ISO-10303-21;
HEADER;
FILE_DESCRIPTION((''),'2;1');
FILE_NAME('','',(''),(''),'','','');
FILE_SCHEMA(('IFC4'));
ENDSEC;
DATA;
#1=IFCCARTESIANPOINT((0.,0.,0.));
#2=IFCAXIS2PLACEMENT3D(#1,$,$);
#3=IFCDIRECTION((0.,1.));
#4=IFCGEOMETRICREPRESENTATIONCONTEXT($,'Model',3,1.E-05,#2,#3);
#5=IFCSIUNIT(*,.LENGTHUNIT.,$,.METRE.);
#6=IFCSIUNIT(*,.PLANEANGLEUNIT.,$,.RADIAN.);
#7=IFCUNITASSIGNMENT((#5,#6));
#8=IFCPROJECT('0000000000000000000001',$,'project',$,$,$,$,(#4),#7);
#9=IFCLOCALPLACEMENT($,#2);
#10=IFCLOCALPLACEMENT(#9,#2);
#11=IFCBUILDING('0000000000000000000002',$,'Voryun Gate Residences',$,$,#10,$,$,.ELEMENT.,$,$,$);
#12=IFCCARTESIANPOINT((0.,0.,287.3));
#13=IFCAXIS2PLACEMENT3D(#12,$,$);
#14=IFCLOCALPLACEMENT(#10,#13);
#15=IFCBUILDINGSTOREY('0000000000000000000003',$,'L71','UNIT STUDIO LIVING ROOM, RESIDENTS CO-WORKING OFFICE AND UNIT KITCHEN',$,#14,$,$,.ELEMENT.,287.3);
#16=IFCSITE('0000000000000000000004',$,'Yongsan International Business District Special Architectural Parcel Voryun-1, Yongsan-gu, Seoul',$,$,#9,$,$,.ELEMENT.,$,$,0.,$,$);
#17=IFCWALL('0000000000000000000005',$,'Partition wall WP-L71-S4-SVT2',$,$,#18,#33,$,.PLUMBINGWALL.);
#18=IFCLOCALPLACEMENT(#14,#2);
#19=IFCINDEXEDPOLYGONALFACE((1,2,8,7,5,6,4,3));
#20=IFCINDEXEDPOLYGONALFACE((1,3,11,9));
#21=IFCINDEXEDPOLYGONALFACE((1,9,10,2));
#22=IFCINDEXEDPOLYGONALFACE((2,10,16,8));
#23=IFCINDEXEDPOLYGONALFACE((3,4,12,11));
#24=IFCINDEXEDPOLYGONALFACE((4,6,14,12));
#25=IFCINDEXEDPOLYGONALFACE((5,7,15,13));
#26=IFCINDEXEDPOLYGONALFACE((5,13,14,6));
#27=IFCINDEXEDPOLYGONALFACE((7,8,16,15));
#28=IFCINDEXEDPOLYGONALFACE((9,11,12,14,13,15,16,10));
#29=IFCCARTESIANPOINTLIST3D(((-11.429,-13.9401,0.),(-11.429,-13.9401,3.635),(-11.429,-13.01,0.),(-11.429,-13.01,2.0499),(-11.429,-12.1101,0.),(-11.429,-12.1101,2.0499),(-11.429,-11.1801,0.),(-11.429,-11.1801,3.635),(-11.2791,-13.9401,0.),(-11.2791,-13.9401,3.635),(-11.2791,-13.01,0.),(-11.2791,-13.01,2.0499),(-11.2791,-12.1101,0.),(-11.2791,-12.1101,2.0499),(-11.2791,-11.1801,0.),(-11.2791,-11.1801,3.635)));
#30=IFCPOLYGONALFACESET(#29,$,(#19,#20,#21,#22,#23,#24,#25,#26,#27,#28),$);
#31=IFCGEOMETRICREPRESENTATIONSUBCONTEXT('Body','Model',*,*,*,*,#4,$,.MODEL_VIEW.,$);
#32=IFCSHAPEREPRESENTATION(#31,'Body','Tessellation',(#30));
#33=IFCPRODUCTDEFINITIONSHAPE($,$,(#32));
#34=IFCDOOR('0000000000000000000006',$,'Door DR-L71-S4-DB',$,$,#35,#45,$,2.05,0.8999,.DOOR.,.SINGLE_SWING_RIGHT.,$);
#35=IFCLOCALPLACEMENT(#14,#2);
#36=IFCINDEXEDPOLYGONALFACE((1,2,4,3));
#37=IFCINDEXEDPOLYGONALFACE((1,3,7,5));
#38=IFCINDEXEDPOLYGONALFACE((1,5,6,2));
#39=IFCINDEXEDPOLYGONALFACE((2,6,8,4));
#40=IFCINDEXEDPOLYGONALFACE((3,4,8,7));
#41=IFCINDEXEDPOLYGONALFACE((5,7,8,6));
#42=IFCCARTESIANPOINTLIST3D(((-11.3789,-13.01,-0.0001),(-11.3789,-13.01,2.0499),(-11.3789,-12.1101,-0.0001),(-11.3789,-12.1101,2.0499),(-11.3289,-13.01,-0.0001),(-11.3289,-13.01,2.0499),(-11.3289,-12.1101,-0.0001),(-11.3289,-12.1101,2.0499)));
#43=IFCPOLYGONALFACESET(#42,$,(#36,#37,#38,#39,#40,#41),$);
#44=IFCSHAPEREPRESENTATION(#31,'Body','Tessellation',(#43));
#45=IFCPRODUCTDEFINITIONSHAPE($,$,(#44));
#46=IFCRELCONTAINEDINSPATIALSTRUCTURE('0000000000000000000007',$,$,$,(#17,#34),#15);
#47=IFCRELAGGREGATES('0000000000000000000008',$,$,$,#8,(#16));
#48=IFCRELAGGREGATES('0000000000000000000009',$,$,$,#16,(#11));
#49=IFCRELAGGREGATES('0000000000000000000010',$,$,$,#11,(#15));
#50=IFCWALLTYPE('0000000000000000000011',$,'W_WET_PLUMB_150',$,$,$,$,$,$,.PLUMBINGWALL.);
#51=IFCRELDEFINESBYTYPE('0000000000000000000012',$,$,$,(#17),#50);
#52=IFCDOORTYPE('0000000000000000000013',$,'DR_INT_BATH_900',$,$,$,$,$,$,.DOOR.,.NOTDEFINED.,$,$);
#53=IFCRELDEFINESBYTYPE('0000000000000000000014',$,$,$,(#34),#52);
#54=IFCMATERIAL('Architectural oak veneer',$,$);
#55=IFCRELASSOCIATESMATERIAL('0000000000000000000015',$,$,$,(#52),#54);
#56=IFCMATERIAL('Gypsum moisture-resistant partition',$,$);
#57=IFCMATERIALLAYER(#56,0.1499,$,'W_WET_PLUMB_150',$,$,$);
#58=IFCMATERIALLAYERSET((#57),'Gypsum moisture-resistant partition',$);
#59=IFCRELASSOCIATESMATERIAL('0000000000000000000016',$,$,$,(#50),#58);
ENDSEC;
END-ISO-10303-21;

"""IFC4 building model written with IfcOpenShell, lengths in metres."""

from ifc_helpers import new_model, si_unit, direction, frame, frame_2d, origin, place, context, subcontext, project, spatial, rectangle, extrude, material, layer, layer_set, type_object, element, fill, save


model = new_model("IFC4")

# Units and contexts
model_context = context("Model", 3, precision=1e-05, world=origin(), true_north=direction((0.0, 1.0)))
body_context = subcontext(model_context, "Body", "Model", "MODEL_VIEW")
ifc_project = project(units=[si_unit("LENGTHUNIT", "METRE"), si_unit("PLANEANGLEUNIT", "RADIAN")], contexts=[model_context])

# Site, building, storey
site_placement = place(None, origin())
site = spatial("IfcSite", under=ifc_project, at=site_placement, Name="Yongsan International Business District Special Architectural Parcel Voryun-1, Yongsan-gu, Seoul", CompositionType="ELEMENT", RefElevation=0.0)
building_placement = place(site_placement, origin())
building = spatial("IfcBuilding", under=site, at=building_placement, Name="Voryun Gate Residences", CompositionType="ELEMENT")
storey_placement = place(building_placement, frame((0.0, 0.0, 287.3)))
storey = spatial("IfcBuildingStorey", under=building, at=storey_placement, Name="L71", Description="UNIT STUDIO LIVING ROOM, RESIDENTS CO-WORKING OFFICE AND UNIT KITCHEN", CompositionType="ELEMENT", Elevation=287.3)

# Shared definitions
ifc_material_1 = material(Name="Architectural oak veneer")
door_type_1 = type_object("IfcDoorType", Name="DR_INT_BATH_900", OperationType="NOTDEFINED", PredefinedType="DOOR", material=ifc_material_1)

# Wall, opening, door
ifc_material_2 = material(Name="Gypsum moisture-resistant partition")
ifc_layer_1 = layer(ifc_material_2, 0.1499, Name="W_WET_PLUMB_150")
ifc_layer_set_1 = layer_set([ifc_layer_1], Name="Gypsum moisture-resistant partition")
wall_type_1 = type_object("IfcWallType", Name="W_WET_PLUMB_150", PredefinedType="PLUMBINGWALL", material=ifc_layer_set_1)
wall_1_placement = place(storey_placement, frame((-11.354, -13.9399, 0.0), z_axis=(0.0, 0.0, 1.0), x_axis=(0.0, 1.0, 0.0)))
wall_1 = element("IfcWall", 1, at=wall_1_placement, inside=storey, type_object=wall_type_1, Name="Partition wall WP-L71-S4-SVT2", PredefinedType="PLUMBINGWALL", context=body_context, shape_type="SweptSolid", body=[
    extrude(rectangle(XDim=2.76, YDim=0.1499, at=frame_2d((1.3799, 0.0))), origin(), (0.0, 0.0, 1.0), 3.635),
])
opening_1_placement = place(wall_1_placement, frame((0.9299, 0.0, 0.0)))
opening_1 = element("IfcOpeningElement", 2, at=opening_1_placement, cuts=wall_1, PredefinedType="OPENING", context=body_context, shape_type="SweptSolid", body=[
    extrude(rectangle(XDim=0.8999, YDim=2.05, at=frame_2d((0.45, 1.0249))), frame((0.0, 0.085, 0.0), z_axis=(0.0, -1.0, 0.0), x_axis=(1.0, 0.0, 0.0)), (0.0, 0.0, 1.0), 0.1699),
])
door_1_placement = place(opening_1_placement, origin())
door_1 = element("IfcDoor", 3, at=door_1_placement, inside=storey, type_object=door_type_1, Name="Door DR-L71-S4-DB", OperationType="SINGLE_SWING_RIGHT", OverallHeight=2.05, OverallWidth=0.8999, PredefinedType="DOOR", context=body_context, shape_type="SweptSolid", body=[
    extrude(rectangle(XDim=0.8999, YDim=2.05, at=frame_2d((0.45, 1.0249))), frame((0.0, 0.0249, 0.0), z_axis=(0.0, -1.0, 0.0), x_axis=(1.0, 0.0, 0.0)), (0.0, 0.0, 1.0), 0.05),
])
fill(opening_1, door_1)

save(model, "model.ifc")
